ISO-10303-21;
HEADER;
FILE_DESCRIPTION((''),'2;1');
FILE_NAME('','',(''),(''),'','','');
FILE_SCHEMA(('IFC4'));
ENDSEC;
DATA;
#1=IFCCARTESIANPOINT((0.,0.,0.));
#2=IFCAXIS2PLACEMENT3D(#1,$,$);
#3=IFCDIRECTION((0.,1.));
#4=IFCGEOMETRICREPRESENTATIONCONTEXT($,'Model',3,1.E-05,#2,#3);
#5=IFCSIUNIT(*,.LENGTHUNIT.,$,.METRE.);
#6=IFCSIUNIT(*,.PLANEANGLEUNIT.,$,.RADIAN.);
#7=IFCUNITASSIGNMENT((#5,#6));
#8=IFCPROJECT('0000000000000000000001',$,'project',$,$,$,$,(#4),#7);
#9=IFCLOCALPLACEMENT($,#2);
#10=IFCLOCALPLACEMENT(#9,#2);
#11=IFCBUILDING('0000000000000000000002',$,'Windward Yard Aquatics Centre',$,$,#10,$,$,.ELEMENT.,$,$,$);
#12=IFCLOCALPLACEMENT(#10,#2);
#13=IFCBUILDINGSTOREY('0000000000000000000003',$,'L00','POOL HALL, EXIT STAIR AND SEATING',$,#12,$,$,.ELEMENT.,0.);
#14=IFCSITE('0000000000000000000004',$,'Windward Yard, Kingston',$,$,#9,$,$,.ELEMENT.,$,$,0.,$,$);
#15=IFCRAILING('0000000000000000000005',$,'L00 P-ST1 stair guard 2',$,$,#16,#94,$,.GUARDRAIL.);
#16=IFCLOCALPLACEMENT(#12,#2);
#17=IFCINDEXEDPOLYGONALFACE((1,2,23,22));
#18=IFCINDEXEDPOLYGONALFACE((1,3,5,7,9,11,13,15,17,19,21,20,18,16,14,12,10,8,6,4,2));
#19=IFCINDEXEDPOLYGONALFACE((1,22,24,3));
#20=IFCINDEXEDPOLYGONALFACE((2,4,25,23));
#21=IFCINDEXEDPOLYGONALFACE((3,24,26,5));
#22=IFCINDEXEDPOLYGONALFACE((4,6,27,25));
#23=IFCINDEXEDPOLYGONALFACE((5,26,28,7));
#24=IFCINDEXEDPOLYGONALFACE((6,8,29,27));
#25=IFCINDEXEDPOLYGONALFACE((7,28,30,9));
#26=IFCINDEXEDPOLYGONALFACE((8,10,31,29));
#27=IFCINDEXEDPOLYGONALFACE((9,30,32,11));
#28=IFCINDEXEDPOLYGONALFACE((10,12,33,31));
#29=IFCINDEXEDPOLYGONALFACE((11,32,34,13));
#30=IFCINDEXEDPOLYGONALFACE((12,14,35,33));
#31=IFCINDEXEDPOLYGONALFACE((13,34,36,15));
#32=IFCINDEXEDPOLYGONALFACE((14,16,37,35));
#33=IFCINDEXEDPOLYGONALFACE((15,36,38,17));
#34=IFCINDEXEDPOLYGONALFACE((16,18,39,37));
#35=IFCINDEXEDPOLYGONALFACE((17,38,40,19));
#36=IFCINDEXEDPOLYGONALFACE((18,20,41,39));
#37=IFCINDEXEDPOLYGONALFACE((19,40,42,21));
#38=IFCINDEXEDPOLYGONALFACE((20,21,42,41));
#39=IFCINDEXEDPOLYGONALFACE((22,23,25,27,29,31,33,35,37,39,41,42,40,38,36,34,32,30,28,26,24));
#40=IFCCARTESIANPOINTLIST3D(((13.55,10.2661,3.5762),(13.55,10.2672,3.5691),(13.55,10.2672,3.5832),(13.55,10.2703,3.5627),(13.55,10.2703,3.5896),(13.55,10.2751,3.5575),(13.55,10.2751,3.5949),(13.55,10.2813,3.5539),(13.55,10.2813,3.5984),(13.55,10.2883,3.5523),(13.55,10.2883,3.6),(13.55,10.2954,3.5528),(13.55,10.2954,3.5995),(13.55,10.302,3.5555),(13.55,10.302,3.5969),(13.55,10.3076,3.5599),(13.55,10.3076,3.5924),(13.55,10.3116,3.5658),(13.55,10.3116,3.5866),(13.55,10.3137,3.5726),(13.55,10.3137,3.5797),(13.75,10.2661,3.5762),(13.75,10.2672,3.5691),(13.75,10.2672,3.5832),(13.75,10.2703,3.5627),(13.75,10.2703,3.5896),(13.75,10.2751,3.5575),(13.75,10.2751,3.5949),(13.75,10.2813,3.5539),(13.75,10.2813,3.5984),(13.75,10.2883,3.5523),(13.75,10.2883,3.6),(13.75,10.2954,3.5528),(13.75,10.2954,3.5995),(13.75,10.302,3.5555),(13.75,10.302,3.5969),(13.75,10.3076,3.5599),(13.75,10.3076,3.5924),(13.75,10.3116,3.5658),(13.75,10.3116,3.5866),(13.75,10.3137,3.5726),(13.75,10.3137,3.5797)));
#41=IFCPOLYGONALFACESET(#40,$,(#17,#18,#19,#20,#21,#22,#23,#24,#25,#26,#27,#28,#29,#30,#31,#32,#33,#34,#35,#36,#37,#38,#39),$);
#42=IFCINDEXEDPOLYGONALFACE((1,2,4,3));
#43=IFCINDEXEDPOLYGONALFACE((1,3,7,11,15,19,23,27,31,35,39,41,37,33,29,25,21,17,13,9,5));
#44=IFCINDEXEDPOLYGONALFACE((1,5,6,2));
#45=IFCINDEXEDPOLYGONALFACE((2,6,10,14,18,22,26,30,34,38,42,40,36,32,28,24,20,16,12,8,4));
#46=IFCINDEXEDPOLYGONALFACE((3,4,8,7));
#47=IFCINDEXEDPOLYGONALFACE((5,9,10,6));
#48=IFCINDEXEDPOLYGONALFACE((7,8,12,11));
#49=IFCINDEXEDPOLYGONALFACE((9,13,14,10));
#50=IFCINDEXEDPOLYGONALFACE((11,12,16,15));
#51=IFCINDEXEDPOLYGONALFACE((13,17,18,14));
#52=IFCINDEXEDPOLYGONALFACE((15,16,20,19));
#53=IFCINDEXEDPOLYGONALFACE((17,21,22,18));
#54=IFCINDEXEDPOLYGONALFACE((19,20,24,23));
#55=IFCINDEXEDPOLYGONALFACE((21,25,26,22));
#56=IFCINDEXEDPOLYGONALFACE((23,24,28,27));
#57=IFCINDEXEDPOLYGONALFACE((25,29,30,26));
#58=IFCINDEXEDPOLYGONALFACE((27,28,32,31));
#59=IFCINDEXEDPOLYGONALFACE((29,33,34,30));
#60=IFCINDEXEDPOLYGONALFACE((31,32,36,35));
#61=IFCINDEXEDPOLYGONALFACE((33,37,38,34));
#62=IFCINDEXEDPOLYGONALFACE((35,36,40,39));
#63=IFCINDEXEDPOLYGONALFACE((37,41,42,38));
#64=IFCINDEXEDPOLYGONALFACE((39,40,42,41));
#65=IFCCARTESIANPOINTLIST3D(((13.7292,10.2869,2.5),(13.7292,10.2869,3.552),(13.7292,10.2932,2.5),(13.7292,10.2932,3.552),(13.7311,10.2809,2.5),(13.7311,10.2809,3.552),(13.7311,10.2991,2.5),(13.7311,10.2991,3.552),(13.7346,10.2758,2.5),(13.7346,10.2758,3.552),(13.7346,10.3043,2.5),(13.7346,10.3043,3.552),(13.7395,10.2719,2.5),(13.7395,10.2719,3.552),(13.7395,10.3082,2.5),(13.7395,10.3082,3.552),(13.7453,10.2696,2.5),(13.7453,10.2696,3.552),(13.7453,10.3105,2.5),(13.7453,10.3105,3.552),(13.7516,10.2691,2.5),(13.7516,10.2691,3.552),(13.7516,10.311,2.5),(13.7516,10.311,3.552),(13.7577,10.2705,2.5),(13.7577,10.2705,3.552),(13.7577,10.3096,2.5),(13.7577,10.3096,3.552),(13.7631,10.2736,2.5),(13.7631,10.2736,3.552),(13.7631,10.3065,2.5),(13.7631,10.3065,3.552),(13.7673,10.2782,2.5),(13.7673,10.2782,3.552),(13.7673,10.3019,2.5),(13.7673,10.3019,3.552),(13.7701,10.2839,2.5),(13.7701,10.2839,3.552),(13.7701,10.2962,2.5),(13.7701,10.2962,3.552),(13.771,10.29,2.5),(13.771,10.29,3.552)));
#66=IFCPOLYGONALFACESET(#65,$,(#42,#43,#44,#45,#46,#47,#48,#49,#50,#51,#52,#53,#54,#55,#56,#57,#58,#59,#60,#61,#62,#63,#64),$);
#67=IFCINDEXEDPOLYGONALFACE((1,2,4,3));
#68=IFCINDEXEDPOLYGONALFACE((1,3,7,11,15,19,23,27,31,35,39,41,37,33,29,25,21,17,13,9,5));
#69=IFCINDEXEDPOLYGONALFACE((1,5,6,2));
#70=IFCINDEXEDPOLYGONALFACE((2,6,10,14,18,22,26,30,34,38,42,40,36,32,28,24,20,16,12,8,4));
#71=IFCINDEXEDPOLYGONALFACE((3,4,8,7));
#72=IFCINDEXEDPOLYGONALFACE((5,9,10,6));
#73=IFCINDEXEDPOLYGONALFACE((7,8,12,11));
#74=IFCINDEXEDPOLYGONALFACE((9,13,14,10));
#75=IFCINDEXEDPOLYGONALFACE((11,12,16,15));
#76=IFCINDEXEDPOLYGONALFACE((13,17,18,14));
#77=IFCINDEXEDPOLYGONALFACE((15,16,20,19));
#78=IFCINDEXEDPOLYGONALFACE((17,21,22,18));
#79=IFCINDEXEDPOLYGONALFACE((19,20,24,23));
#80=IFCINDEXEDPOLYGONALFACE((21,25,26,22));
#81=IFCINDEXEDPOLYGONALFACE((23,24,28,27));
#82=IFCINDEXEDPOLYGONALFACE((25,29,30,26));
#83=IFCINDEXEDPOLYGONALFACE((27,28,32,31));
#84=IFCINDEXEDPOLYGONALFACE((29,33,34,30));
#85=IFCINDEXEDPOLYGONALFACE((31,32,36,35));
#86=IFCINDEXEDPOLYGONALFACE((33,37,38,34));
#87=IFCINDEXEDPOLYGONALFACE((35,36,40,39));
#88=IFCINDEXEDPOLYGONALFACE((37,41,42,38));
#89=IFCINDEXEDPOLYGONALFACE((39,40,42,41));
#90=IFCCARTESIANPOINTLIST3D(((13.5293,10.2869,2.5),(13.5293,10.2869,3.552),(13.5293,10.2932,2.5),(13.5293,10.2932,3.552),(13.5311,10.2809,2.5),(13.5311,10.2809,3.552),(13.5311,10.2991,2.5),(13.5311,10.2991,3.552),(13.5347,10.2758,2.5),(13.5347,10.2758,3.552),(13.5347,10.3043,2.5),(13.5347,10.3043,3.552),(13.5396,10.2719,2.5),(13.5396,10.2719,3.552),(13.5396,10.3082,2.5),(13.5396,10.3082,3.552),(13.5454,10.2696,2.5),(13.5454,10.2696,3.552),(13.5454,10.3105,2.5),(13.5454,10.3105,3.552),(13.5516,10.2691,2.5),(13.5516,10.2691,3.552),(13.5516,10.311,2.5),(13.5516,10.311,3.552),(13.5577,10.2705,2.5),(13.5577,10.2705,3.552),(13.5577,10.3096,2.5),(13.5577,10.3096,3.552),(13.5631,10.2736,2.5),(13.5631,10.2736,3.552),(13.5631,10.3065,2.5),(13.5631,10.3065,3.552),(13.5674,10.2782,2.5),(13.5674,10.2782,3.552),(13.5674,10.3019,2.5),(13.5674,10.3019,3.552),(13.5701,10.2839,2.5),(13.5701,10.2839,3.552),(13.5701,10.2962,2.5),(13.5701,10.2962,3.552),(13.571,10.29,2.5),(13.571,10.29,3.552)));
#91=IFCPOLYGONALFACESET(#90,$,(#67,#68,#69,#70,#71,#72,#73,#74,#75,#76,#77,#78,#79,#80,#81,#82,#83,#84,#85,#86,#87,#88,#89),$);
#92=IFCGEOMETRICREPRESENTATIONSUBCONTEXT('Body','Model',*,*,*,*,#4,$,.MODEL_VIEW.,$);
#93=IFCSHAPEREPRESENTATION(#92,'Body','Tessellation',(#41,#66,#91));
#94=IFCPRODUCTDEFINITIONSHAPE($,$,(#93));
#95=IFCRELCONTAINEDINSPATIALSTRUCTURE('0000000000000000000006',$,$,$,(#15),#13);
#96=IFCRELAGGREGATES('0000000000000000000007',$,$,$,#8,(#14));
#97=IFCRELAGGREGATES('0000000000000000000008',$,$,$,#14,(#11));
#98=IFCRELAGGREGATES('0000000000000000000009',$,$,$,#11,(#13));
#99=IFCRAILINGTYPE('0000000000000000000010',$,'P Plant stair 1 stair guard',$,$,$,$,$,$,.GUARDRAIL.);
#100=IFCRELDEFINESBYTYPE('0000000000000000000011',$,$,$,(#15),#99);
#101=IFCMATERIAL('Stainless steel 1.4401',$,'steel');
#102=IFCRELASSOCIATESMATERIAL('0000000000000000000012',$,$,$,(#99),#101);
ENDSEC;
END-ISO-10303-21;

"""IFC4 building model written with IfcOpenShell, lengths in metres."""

from ifc_helpers import new_model, si_unit, direction, frame, origin, origin_2d, place, context, subcontext, project, spatial, circle, extrude, material, type_object, element, save


model = new_model("IFC4")

# Units and contexts
model_context = context("Model", 3, precision=1e-05, world=origin(), true_north=direction((0.0, 1.0)))
body_context = subcontext(model_context, "Body", "Model", "MODEL_VIEW")
ifc_project = project(units=[si_unit("LENGTHUNIT", "METRE"), si_unit("PLANEANGLEUNIT", "RADIAN")], contexts=[model_context])

# Site, building, storey
site_placement = place(None, origin())
site = spatial("IfcSite", under=ifc_project, at=site_placement, Name="Windward Yard, Kingston", CompositionType="ELEMENT", RefElevation=0.0)
building_placement = place(site_placement, origin())
building = spatial("IfcBuilding", under=site, at=building_placement, Name="Windward Yard Aquatics Centre", CompositionType="ELEMENT")
storey_placement = place(building_placement, origin())
storey = spatial("IfcBuildingStorey", under=building, at=storey_placement, Name="L00", Description="POOL HALL, EXIT STAIR AND SEATING", CompositionType="ELEMENT", Elevation=0.0)

# Railing
ifc_material_1 = material(Name="Stainless steel 1.4401", Category="steel")
railing_type_1 = type_object("IfcRailingType", Name="P Plant stair 1 stair guard", PredefinedType="GUARDRAIL", material=ifc_material_1)
railing_1_placement = place(storey_placement, frame((13.75, 10.29, 2.5)))
element("IfcRailing", 1, at=railing_1_placement, inside=storey, type_object=railing_type_1, Name="L00 P-ST1 stair guard 2", PredefinedType="GUARDRAIL", context=body_context, shape_type="SweptSolid", body=[
    extrude(circle(Radius=0.0239, at=origin_2d()), frame((0.0, 0.0, 1.0762), z_axis=(-1.0, 0.0, 0.0), x_axis=(0.0, -1.0, 0.0)), (0.0, 0.0, 1.0), 0.2),
    extrude(circle(Radius=0.021, at=origin_2d()), origin(), (0.0, 0.0, 1.0), 1.052),
    extrude(circle(Radius=0.021, at=origin_2d()), frame((-0.2, 0.0, 0.0)), (0.0, 0.0, 1.0), 1.052),
])

save(model, "model.ifc")
